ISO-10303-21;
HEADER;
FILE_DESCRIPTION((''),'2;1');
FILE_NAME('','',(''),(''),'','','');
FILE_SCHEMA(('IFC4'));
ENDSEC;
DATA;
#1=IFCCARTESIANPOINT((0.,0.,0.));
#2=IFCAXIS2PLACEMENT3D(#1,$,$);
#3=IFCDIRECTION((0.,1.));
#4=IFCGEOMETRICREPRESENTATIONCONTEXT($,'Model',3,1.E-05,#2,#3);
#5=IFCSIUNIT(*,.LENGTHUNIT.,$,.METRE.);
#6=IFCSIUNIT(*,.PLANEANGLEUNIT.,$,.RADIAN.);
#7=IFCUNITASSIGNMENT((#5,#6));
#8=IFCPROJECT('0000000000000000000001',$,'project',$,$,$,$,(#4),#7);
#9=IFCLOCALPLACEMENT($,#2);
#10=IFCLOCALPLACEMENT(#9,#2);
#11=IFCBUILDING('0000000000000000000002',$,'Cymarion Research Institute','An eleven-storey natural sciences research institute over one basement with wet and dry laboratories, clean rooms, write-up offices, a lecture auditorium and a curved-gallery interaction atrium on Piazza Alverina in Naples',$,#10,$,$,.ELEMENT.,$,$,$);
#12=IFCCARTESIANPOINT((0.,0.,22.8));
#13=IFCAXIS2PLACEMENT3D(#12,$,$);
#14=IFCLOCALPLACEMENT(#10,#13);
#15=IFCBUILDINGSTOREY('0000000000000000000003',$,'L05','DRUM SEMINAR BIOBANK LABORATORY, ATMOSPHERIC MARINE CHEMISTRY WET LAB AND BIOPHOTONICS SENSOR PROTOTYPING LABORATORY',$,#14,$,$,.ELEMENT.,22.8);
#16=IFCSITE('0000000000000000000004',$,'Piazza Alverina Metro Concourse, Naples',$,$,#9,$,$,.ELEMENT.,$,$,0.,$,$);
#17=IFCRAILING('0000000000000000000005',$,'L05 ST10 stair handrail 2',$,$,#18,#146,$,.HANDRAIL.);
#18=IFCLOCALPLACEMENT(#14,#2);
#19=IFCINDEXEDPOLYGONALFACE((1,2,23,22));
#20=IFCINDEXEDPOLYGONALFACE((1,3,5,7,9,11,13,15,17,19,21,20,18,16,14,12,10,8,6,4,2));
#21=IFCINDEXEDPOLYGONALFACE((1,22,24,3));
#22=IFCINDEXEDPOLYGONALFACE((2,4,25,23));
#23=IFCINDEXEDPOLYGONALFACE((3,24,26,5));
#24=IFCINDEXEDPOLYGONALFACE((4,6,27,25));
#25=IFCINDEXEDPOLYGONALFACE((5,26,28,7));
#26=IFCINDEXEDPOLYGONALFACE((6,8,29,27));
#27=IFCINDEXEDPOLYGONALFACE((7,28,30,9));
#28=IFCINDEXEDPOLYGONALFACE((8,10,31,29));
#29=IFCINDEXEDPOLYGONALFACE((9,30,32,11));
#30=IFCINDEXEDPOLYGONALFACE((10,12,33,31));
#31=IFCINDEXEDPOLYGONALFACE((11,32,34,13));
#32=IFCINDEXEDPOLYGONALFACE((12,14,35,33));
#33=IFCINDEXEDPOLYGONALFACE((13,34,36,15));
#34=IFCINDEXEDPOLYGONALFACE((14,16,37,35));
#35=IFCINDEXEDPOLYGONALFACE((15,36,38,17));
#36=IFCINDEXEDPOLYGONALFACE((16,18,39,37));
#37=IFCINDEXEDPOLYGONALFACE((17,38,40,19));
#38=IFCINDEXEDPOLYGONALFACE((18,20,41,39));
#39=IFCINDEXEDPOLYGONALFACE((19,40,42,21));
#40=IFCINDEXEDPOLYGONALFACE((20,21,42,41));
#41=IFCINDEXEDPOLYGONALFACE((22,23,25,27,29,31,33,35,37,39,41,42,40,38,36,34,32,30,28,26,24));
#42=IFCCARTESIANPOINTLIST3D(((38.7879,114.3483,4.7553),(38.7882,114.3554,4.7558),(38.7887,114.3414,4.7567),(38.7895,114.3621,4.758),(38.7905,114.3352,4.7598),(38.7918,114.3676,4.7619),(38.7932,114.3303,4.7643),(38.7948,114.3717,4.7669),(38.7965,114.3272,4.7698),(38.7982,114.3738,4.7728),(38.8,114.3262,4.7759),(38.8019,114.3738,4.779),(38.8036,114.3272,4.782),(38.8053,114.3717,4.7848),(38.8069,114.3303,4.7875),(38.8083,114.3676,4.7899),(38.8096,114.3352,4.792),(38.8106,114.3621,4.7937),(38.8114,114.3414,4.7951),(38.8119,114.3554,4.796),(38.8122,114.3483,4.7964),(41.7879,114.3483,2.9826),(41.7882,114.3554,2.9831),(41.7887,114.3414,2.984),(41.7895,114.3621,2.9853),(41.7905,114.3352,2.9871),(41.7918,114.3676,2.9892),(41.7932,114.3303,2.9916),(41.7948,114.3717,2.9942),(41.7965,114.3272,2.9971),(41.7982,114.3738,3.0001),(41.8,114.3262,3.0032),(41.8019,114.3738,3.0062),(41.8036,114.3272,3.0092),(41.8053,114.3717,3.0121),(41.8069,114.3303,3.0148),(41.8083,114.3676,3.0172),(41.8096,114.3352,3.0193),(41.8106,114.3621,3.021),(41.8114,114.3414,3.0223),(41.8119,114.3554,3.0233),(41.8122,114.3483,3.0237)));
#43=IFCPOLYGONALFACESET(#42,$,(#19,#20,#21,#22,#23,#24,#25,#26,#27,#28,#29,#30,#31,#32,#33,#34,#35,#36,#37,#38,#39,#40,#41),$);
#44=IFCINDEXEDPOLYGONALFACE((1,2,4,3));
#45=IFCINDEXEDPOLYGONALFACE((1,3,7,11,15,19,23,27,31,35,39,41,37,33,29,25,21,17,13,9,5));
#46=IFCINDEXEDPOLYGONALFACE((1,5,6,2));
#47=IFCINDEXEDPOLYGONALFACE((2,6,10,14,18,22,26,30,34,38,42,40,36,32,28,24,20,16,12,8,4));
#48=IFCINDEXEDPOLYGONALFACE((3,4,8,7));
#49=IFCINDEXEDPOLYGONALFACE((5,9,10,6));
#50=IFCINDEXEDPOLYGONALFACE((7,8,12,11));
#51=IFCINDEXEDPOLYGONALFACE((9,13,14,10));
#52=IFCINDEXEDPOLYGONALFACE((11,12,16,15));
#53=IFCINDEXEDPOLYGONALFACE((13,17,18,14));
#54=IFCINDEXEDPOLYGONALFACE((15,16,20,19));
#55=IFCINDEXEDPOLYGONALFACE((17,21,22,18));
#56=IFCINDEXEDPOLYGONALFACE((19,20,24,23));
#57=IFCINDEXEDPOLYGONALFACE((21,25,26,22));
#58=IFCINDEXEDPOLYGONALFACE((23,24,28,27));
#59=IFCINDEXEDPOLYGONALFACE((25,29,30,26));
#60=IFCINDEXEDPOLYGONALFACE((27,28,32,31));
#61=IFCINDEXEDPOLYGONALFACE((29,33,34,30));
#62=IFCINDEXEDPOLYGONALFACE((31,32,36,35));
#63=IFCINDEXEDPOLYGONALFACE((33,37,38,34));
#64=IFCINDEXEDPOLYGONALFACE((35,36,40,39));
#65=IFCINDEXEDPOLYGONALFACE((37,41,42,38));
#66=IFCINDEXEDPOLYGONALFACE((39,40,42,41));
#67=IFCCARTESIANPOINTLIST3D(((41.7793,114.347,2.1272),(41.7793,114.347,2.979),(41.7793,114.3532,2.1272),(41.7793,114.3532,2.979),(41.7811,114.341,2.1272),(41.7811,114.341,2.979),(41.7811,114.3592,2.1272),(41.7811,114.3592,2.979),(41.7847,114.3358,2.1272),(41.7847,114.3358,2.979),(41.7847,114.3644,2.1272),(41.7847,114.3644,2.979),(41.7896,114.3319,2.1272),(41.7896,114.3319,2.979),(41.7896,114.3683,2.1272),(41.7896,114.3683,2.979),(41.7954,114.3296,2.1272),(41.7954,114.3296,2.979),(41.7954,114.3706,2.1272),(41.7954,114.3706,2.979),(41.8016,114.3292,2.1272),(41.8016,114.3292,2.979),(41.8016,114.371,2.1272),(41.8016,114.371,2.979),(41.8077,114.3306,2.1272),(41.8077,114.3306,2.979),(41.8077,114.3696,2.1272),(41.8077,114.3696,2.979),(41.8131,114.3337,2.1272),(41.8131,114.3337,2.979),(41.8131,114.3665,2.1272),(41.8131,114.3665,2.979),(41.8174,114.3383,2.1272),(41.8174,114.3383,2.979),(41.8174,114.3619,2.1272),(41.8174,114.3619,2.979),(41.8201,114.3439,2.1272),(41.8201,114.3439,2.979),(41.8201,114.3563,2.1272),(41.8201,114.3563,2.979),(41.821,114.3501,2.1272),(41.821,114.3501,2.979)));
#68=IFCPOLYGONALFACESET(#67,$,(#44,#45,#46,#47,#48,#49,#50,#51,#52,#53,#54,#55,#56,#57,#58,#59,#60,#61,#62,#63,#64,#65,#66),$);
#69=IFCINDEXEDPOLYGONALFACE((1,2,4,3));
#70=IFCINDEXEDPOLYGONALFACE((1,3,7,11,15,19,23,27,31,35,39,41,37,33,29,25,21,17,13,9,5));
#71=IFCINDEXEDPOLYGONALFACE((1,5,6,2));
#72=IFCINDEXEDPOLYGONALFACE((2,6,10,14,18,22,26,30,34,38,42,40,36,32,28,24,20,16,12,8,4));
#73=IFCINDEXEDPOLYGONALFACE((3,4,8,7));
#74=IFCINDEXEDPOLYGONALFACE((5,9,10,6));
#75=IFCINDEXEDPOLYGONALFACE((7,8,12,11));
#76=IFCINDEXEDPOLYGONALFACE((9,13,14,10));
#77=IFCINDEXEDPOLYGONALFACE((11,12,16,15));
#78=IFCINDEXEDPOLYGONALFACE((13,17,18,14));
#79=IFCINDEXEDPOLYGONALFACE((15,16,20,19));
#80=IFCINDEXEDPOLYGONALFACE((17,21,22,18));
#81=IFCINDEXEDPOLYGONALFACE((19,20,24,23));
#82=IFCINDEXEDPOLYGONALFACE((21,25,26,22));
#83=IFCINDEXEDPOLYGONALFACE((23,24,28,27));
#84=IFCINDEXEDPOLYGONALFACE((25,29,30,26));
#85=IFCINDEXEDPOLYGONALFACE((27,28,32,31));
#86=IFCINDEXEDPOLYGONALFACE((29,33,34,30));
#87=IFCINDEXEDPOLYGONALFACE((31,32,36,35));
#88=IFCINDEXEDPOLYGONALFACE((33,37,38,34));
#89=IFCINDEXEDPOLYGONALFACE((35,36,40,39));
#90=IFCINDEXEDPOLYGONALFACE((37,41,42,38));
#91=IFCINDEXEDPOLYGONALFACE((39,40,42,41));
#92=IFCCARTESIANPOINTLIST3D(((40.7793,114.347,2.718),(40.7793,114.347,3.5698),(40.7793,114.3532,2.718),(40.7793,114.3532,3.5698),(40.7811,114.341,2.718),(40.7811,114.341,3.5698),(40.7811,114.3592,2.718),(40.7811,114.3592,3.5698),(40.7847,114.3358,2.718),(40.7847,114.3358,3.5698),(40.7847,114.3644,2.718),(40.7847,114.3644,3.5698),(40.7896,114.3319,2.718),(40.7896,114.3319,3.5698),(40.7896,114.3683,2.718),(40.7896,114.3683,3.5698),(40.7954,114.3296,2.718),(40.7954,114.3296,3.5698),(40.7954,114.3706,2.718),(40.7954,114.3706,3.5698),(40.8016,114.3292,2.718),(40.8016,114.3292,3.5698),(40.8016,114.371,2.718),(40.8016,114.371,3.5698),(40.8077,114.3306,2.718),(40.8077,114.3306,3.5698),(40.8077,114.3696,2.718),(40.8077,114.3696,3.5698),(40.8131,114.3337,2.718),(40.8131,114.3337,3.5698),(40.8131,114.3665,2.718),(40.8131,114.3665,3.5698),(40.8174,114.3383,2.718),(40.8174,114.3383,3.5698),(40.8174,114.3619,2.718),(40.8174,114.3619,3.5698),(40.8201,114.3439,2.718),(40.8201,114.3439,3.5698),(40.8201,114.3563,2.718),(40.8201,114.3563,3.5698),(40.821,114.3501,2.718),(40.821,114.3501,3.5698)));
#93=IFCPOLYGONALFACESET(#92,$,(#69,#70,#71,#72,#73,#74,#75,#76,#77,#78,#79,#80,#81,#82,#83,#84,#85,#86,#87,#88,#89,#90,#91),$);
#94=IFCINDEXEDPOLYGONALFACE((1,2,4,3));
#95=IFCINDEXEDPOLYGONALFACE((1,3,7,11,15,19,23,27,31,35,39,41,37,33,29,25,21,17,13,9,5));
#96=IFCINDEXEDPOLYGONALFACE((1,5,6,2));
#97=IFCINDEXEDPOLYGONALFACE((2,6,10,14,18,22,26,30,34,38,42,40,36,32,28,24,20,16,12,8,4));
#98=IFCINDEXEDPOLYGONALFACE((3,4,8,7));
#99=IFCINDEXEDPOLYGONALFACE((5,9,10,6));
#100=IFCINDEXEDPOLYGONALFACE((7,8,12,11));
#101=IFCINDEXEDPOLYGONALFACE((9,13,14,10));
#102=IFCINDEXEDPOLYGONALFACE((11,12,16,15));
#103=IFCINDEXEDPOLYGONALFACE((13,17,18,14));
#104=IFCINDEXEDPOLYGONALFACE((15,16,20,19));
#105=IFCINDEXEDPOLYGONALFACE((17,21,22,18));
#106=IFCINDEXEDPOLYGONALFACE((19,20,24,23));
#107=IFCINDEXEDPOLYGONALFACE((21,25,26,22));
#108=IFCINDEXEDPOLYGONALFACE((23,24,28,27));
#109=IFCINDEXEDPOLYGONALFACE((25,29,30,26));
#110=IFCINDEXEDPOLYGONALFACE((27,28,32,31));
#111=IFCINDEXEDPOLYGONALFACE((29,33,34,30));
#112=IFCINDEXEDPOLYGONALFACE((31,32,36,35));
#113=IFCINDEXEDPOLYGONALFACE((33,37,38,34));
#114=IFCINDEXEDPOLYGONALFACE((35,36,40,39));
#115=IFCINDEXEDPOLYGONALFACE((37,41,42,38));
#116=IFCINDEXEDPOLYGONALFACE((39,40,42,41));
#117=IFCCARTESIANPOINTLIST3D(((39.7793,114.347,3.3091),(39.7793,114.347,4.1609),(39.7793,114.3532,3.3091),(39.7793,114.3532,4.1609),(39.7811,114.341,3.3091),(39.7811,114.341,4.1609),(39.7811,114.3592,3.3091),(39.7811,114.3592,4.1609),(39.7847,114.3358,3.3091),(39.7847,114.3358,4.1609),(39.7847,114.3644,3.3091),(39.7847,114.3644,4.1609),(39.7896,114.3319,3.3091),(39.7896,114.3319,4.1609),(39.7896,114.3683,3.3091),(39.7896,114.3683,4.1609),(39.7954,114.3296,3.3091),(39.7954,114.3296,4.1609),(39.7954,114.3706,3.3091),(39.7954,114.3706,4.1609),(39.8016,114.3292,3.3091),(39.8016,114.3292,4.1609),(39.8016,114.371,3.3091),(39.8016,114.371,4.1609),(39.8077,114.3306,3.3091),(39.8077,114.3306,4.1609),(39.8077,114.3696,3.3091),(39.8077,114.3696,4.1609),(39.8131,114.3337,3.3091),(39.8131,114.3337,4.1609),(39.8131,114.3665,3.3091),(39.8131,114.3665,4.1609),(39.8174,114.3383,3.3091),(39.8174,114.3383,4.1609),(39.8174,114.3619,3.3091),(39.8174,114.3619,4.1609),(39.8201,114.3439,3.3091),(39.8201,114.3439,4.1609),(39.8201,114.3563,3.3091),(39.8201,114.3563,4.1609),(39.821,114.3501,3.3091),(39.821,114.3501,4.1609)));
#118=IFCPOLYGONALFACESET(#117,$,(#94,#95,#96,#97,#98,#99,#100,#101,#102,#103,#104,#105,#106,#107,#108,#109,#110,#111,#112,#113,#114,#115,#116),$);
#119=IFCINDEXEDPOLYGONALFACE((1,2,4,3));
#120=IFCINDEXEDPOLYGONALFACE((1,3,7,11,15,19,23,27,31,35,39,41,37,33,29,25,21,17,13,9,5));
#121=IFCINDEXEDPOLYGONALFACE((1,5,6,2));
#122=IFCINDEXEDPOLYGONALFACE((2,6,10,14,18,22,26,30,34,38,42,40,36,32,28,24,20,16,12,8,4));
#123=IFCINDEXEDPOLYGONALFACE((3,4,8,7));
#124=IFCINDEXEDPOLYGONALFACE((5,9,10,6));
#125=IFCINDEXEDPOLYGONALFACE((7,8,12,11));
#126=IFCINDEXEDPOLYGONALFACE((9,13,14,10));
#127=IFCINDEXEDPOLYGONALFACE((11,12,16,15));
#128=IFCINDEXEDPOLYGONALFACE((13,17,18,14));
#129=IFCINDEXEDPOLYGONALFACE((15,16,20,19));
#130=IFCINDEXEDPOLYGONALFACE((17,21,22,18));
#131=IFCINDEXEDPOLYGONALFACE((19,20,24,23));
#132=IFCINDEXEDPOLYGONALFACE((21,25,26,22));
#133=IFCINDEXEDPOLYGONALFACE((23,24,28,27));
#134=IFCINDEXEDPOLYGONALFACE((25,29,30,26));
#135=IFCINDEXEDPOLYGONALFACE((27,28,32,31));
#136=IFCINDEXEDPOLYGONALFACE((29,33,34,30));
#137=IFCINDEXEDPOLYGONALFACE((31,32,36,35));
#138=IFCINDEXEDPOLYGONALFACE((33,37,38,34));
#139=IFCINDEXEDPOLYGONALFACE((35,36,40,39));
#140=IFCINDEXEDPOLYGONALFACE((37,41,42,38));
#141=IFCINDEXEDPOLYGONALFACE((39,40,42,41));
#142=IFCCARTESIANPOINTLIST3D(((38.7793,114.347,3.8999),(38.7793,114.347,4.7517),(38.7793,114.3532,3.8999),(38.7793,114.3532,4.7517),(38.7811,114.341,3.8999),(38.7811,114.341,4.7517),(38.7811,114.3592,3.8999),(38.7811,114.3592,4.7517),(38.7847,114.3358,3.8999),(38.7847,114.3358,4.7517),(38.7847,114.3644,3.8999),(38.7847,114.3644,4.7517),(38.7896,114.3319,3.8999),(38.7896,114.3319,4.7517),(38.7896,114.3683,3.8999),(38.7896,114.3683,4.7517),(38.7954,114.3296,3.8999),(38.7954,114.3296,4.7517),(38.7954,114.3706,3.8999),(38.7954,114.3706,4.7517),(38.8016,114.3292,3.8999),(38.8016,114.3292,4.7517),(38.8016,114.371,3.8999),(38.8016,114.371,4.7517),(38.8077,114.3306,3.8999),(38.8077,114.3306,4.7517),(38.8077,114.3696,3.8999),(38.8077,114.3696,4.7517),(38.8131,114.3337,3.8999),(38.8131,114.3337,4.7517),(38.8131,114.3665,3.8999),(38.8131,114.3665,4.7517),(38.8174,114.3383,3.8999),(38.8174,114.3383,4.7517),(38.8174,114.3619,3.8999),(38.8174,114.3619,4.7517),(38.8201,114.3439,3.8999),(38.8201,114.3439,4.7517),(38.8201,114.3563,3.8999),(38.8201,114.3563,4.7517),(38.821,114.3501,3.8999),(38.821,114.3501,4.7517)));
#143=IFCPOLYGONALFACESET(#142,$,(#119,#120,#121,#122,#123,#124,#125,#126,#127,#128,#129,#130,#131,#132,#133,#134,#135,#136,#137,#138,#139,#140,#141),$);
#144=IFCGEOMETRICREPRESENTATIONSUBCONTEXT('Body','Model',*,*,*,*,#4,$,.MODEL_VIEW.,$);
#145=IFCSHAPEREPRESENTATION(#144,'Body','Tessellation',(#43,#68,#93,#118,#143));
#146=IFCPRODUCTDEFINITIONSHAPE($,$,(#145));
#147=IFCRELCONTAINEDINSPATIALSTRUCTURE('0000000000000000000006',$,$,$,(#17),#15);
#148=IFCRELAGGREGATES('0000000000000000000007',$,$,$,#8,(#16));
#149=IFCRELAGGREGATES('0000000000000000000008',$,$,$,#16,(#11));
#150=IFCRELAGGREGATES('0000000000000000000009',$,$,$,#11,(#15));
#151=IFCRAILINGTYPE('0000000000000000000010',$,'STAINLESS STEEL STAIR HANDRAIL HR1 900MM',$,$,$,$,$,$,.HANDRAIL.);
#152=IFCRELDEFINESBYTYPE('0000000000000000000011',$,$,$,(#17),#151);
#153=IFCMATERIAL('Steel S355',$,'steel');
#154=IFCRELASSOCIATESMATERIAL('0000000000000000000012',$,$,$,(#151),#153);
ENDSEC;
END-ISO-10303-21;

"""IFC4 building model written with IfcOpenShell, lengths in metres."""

from ifc_helpers import new_model, si_unit, direction, frame, origin, origin_2d, place, context, subcontext, project, spatial, circle, extrude, material, type_object, element, save


model = new_model("IFC4")

# Units and contexts
model_context = context("Model", 3, precision=1e-05, world=origin(), true_north=direction((0.0, 1.0)))
body_context = subcontext(model_context, "Body", "Model", "MODEL_VIEW")
ifc_project = project(units=[si_unit("LENGTHUNIT", "METRE"), si_unit("PLANEANGLEUNIT", "RADIAN")], contexts=[model_context])

# Site, building, storey
site_placement = place(None, origin())
site = spatial("IfcSite", under=ifc_project, at=site_placement, Name="Piazza Alverina Metro Concourse, Naples", CompositionType="ELEMENT", RefElevation=0.0)
building_placement = place(site_placement, origin())
building = spatial("IfcBuilding", under=site, at=building_placement, Name="Cymarion Research Institute", Description="An eleven-storey natural sciences research institute over one basement with wet and dry laboratories, clean rooms, write-up offices, a lecture auditorium and a curved-gallery interaction atrium on Piazza Alverina in Naples", CompositionType="ELEMENT")
storey_placement = place(building_placement, frame((0.0, 0.0, 22.8)))
storey = spatial("IfcBuildingStorey", under=building, at=storey_placement, Name="L05", Description="DRUM SEMINAR BIOBANK LABORATORY, ATMOSPHERIC MARINE CHEMISTRY WET LAB AND BIOPHOTONICS SENSOR PROTOTYPING LABORATORY", CompositionType="ELEMENT", Elevation=22.8)

# Shared definitions
ifc_material_1 = material(Name="Steel S355", Category="steel")

# Railing
railing_type_1 = type_object("IfcRailingType", Name="STAINLESS STEEL STAIR HANDRAIL HR1 900MM", PredefinedType="HANDRAIL", material=ifc_material_1)
railing_1_placement = place(storey_placement, frame((41.8, 114.3501, 2.1272)))
element("IfcRailing", 1, at=railing_1_placement, inside=storey, type_object=railing_type_1, Name="L05 ST10 stair handrail 2", PredefinedType="HANDRAIL", context=body_context, shape_type="SweptSolid", body=[
    extrude(circle(Radius=0.0239, at=origin_2d()), frame((0.0, 0.0, 0.876), z_axis=(-0.860929, 0.0, 0.508725), x_axis=(0.0, -1.0, 0.0)), (0.0, 0.0, 1.0), 3.4846),
    extrude(circle(Radius=0.021, at=origin_2d()), origin(), (0.0, 0.0, 1.0), 0.8518),
    extrude(circle(Radius=0.021, at=origin_2d()), frame((-1.0, 0.0, 0.5908)), (0.0, 0.0, 1.0), 0.8518),
    extrude(circle(Radius=0.021, at=origin_2d()), frame((-2.0, 0.0, 1.1819)), (0.0, 0.0, 1.0), 0.8518),
    extrude(circle(Radius=0.021, at=origin_2d()), frame((-3.0, 0.0, 1.7727)), (0.0, 0.0, 1.0), 0.8518),
])

save(model, "model.ifc")
